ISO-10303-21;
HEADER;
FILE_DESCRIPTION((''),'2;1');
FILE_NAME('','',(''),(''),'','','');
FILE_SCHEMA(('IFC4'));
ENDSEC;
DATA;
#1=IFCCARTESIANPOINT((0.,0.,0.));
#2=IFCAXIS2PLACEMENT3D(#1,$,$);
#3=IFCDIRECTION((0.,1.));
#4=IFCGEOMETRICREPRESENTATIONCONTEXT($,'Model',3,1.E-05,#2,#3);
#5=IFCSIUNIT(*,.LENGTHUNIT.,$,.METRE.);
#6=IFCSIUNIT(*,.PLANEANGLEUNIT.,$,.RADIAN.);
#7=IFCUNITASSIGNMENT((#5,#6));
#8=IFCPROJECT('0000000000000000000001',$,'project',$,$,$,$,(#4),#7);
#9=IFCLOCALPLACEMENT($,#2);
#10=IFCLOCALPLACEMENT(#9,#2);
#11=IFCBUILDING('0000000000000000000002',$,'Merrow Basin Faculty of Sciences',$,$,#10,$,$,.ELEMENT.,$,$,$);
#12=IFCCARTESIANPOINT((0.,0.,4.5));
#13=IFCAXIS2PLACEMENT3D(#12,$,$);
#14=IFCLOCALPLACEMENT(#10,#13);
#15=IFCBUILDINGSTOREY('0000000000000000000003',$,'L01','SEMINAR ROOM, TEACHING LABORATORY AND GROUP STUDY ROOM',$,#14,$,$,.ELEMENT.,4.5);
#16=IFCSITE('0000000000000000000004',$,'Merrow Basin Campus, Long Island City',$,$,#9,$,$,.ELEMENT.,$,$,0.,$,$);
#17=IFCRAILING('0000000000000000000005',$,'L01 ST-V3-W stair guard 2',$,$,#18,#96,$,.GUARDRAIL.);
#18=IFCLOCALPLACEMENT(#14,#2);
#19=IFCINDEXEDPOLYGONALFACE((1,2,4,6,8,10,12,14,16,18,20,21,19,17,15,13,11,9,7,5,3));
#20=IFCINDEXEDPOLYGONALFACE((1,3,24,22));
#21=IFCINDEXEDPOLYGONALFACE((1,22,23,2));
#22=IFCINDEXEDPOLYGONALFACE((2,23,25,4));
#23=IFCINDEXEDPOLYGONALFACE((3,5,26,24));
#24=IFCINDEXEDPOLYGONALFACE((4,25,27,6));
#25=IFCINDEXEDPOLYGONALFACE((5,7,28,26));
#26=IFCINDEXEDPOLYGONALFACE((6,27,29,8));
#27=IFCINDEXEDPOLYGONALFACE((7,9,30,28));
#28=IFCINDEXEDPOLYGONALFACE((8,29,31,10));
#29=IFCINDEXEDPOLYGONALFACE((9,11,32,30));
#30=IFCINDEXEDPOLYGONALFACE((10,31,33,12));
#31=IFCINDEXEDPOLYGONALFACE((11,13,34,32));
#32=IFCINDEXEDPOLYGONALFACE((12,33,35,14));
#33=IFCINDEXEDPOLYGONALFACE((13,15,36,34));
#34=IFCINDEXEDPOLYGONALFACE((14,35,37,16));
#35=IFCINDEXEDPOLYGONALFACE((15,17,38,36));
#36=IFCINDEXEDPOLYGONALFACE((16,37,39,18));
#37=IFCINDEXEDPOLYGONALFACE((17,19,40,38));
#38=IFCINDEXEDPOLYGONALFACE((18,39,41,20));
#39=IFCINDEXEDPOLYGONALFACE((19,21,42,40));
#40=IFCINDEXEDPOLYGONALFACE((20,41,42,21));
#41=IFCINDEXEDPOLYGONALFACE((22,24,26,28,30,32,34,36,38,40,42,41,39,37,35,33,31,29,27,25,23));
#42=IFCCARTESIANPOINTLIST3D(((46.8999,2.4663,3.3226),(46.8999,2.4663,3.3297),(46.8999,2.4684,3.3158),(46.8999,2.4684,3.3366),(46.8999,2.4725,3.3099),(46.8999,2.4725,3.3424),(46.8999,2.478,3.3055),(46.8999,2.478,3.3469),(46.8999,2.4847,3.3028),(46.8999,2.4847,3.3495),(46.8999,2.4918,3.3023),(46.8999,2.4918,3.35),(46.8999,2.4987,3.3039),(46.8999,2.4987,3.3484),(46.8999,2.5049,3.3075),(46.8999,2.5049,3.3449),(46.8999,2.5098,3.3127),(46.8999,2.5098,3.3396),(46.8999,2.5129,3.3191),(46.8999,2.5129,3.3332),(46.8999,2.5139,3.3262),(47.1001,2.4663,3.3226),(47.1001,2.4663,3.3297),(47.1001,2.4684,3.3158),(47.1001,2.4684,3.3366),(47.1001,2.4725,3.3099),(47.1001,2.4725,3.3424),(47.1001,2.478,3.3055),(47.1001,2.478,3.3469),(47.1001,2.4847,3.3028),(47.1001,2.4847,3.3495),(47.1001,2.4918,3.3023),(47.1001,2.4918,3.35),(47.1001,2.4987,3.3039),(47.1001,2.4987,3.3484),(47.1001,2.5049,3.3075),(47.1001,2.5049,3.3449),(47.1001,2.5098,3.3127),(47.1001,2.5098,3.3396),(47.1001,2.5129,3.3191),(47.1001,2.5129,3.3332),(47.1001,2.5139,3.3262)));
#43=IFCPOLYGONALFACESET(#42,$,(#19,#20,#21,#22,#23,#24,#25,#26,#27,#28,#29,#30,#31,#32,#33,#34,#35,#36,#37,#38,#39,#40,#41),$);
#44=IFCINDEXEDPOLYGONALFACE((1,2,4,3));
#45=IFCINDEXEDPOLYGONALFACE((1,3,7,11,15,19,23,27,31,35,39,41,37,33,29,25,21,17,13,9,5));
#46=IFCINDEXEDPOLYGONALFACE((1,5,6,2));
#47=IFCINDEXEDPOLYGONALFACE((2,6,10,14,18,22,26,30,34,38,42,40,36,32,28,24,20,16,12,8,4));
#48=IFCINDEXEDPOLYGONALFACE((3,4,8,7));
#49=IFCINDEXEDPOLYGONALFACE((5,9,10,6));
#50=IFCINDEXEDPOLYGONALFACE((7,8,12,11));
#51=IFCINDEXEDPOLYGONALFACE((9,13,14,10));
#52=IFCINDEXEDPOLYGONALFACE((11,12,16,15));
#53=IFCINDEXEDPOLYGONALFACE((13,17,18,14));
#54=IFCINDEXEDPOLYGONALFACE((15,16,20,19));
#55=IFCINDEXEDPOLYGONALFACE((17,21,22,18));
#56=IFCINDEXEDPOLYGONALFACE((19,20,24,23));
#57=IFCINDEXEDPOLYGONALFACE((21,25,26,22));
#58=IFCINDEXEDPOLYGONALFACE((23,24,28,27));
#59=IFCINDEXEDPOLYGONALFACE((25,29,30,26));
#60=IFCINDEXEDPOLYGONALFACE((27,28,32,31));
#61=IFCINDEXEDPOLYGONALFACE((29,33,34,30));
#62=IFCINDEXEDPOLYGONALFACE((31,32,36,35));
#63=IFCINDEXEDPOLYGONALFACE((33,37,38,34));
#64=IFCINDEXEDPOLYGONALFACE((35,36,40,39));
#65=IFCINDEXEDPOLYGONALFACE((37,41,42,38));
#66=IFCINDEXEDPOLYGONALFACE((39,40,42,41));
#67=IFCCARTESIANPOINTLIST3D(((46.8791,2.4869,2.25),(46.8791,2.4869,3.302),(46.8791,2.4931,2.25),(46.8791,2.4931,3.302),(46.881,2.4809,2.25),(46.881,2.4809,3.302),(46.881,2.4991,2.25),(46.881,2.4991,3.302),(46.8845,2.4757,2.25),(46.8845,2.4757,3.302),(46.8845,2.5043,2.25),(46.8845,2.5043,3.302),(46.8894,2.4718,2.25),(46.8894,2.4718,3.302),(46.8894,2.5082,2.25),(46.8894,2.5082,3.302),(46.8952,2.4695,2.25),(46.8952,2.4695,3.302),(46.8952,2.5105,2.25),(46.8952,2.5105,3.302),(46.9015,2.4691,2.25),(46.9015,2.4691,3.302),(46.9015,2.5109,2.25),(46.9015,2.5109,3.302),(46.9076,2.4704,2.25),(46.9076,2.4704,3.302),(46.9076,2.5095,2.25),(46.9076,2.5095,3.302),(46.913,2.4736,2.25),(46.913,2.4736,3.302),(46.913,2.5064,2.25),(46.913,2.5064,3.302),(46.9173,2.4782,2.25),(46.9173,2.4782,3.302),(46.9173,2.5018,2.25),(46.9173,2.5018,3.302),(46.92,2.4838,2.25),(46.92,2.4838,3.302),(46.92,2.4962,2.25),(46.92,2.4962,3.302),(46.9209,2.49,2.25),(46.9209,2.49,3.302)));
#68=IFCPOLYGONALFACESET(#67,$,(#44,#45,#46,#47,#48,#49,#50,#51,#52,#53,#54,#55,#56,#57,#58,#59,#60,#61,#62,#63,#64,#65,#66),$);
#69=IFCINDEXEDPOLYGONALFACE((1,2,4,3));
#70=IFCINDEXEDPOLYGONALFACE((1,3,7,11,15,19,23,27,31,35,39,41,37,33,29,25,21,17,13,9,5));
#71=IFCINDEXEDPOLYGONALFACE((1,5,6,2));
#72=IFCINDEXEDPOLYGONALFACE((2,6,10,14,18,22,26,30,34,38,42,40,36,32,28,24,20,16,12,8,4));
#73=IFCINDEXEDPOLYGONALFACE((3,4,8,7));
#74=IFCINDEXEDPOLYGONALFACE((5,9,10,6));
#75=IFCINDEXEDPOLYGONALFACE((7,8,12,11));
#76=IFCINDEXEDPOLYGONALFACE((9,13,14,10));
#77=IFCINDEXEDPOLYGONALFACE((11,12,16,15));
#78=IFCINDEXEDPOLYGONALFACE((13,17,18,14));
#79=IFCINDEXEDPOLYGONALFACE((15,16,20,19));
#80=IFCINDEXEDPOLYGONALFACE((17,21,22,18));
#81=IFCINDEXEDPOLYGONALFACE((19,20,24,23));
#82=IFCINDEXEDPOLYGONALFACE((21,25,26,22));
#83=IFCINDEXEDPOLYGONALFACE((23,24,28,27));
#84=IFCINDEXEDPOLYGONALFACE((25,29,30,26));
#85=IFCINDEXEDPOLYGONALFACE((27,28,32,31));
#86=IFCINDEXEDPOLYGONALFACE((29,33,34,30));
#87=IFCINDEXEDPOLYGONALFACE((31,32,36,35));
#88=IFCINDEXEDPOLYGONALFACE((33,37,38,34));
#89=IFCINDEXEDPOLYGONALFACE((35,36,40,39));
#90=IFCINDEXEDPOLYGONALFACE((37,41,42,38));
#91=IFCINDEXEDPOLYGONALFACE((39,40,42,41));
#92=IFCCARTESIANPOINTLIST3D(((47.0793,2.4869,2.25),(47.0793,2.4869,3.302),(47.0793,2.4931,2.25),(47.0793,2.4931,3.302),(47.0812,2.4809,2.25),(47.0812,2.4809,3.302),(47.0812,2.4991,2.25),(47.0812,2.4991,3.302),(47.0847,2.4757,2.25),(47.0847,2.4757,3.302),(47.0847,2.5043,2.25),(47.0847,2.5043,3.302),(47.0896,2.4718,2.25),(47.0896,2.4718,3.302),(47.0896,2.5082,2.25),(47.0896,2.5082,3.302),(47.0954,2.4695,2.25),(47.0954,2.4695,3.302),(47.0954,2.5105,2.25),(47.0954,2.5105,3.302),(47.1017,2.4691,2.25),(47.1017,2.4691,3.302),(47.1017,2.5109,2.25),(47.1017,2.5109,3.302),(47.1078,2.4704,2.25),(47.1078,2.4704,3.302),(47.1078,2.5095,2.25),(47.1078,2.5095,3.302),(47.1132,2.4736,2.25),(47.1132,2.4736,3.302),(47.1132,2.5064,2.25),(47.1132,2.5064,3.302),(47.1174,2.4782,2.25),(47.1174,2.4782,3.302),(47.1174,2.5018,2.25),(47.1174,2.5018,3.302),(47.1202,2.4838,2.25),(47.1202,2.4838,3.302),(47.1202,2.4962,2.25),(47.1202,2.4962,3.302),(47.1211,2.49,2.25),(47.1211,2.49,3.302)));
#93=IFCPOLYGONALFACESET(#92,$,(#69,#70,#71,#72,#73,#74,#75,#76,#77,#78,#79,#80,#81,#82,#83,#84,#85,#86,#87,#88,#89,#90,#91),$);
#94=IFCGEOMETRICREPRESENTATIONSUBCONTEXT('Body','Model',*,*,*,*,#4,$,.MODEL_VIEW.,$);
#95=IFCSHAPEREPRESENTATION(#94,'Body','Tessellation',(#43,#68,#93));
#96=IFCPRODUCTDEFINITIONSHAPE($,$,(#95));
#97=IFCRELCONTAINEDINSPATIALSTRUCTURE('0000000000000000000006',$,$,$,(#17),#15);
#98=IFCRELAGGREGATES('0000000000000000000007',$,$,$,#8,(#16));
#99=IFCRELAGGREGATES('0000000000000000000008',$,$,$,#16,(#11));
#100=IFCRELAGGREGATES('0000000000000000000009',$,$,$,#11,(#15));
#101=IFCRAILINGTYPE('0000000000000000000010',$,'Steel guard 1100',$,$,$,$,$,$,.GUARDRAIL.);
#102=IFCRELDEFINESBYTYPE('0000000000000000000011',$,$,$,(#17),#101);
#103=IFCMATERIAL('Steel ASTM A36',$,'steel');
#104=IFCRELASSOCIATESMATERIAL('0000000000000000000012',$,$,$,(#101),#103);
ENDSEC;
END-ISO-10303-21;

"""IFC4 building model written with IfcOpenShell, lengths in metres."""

from ifc_helpers import new_model, si_unit, direction, frame, origin, origin_2d, place, context, subcontext, project, spatial, circle, extrude, material, type_object, element, save


model = new_model("IFC4")

# Units and contexts
model_context = context("Model", 3, precision=1e-05, world=origin(), true_north=direction((0.0, 1.0)))
body_context = subcontext(model_context, "Body", "Model", "MODEL_VIEW")
ifc_project = project(units=[si_unit("LENGTHUNIT", "METRE"), si_unit("PLANEANGLEUNIT", "RADIAN")], contexts=[model_context])

# Site, building, storey
site_placement = place(None, origin())
site = spatial("IfcSite", under=ifc_project, at=site_placement, Name="Merrow Basin Campus, Long Island City", CompositionType="ELEMENT", RefElevation=0.0)
building_placement = place(site_placement, origin())
building = spatial("IfcBuilding", under=site, at=building_placement, Name="Merrow Basin Faculty of Sciences", CompositionType="ELEMENT")
storey_placement = place(building_placement, frame((0.0, 0.0, 4.5)))
storey = spatial("IfcBuildingStorey", under=building, at=storey_placement, Name="L01", Description="SEMINAR ROOM, TEACHING LABORATORY AND GROUP STUDY ROOM", CompositionType="ELEMENT", Elevation=4.5)

# Railing
ifc_material_1 = material(Name="Steel ASTM A36", Category="steel")
railing_type_1 = type_object("IfcRailingType", Name="Steel guard 1100", PredefinedType="GUARDRAIL", material=ifc_material_1)
railing_1_placement = place(storey_placement, frame((46.8999, 2.49, 2.25)))
element("IfcRailing", 1, at=railing_1_placement, inside=storey, type_object=railing_type_1, Name="L01 ST-V3-W stair guard 2", PredefinedType="GUARDRAIL", context=body_context, shape_type="SweptSolid", body=[
    extrude(circle(Radius=0.0239, at=origin_2d()), frame((0.0, 0.0, 1.0762), z_axis=(1.0, 0.0, 0.0), x_axis=(0.0, 1.0, 0.0)), (0.0, 0.0, 1.0), 0.2002),
    extrude(circle(Radius=0.021, at=origin_2d()), origin(), (0.0, 0.0, 1.0), 1.052),
    extrude(circle(Radius=0.021, at=origin_2d()), frame((0.2002, 0.0, 0.0)), (0.0, 0.0, 1.0), 1.052),
])

save(model, "model.ifc")
